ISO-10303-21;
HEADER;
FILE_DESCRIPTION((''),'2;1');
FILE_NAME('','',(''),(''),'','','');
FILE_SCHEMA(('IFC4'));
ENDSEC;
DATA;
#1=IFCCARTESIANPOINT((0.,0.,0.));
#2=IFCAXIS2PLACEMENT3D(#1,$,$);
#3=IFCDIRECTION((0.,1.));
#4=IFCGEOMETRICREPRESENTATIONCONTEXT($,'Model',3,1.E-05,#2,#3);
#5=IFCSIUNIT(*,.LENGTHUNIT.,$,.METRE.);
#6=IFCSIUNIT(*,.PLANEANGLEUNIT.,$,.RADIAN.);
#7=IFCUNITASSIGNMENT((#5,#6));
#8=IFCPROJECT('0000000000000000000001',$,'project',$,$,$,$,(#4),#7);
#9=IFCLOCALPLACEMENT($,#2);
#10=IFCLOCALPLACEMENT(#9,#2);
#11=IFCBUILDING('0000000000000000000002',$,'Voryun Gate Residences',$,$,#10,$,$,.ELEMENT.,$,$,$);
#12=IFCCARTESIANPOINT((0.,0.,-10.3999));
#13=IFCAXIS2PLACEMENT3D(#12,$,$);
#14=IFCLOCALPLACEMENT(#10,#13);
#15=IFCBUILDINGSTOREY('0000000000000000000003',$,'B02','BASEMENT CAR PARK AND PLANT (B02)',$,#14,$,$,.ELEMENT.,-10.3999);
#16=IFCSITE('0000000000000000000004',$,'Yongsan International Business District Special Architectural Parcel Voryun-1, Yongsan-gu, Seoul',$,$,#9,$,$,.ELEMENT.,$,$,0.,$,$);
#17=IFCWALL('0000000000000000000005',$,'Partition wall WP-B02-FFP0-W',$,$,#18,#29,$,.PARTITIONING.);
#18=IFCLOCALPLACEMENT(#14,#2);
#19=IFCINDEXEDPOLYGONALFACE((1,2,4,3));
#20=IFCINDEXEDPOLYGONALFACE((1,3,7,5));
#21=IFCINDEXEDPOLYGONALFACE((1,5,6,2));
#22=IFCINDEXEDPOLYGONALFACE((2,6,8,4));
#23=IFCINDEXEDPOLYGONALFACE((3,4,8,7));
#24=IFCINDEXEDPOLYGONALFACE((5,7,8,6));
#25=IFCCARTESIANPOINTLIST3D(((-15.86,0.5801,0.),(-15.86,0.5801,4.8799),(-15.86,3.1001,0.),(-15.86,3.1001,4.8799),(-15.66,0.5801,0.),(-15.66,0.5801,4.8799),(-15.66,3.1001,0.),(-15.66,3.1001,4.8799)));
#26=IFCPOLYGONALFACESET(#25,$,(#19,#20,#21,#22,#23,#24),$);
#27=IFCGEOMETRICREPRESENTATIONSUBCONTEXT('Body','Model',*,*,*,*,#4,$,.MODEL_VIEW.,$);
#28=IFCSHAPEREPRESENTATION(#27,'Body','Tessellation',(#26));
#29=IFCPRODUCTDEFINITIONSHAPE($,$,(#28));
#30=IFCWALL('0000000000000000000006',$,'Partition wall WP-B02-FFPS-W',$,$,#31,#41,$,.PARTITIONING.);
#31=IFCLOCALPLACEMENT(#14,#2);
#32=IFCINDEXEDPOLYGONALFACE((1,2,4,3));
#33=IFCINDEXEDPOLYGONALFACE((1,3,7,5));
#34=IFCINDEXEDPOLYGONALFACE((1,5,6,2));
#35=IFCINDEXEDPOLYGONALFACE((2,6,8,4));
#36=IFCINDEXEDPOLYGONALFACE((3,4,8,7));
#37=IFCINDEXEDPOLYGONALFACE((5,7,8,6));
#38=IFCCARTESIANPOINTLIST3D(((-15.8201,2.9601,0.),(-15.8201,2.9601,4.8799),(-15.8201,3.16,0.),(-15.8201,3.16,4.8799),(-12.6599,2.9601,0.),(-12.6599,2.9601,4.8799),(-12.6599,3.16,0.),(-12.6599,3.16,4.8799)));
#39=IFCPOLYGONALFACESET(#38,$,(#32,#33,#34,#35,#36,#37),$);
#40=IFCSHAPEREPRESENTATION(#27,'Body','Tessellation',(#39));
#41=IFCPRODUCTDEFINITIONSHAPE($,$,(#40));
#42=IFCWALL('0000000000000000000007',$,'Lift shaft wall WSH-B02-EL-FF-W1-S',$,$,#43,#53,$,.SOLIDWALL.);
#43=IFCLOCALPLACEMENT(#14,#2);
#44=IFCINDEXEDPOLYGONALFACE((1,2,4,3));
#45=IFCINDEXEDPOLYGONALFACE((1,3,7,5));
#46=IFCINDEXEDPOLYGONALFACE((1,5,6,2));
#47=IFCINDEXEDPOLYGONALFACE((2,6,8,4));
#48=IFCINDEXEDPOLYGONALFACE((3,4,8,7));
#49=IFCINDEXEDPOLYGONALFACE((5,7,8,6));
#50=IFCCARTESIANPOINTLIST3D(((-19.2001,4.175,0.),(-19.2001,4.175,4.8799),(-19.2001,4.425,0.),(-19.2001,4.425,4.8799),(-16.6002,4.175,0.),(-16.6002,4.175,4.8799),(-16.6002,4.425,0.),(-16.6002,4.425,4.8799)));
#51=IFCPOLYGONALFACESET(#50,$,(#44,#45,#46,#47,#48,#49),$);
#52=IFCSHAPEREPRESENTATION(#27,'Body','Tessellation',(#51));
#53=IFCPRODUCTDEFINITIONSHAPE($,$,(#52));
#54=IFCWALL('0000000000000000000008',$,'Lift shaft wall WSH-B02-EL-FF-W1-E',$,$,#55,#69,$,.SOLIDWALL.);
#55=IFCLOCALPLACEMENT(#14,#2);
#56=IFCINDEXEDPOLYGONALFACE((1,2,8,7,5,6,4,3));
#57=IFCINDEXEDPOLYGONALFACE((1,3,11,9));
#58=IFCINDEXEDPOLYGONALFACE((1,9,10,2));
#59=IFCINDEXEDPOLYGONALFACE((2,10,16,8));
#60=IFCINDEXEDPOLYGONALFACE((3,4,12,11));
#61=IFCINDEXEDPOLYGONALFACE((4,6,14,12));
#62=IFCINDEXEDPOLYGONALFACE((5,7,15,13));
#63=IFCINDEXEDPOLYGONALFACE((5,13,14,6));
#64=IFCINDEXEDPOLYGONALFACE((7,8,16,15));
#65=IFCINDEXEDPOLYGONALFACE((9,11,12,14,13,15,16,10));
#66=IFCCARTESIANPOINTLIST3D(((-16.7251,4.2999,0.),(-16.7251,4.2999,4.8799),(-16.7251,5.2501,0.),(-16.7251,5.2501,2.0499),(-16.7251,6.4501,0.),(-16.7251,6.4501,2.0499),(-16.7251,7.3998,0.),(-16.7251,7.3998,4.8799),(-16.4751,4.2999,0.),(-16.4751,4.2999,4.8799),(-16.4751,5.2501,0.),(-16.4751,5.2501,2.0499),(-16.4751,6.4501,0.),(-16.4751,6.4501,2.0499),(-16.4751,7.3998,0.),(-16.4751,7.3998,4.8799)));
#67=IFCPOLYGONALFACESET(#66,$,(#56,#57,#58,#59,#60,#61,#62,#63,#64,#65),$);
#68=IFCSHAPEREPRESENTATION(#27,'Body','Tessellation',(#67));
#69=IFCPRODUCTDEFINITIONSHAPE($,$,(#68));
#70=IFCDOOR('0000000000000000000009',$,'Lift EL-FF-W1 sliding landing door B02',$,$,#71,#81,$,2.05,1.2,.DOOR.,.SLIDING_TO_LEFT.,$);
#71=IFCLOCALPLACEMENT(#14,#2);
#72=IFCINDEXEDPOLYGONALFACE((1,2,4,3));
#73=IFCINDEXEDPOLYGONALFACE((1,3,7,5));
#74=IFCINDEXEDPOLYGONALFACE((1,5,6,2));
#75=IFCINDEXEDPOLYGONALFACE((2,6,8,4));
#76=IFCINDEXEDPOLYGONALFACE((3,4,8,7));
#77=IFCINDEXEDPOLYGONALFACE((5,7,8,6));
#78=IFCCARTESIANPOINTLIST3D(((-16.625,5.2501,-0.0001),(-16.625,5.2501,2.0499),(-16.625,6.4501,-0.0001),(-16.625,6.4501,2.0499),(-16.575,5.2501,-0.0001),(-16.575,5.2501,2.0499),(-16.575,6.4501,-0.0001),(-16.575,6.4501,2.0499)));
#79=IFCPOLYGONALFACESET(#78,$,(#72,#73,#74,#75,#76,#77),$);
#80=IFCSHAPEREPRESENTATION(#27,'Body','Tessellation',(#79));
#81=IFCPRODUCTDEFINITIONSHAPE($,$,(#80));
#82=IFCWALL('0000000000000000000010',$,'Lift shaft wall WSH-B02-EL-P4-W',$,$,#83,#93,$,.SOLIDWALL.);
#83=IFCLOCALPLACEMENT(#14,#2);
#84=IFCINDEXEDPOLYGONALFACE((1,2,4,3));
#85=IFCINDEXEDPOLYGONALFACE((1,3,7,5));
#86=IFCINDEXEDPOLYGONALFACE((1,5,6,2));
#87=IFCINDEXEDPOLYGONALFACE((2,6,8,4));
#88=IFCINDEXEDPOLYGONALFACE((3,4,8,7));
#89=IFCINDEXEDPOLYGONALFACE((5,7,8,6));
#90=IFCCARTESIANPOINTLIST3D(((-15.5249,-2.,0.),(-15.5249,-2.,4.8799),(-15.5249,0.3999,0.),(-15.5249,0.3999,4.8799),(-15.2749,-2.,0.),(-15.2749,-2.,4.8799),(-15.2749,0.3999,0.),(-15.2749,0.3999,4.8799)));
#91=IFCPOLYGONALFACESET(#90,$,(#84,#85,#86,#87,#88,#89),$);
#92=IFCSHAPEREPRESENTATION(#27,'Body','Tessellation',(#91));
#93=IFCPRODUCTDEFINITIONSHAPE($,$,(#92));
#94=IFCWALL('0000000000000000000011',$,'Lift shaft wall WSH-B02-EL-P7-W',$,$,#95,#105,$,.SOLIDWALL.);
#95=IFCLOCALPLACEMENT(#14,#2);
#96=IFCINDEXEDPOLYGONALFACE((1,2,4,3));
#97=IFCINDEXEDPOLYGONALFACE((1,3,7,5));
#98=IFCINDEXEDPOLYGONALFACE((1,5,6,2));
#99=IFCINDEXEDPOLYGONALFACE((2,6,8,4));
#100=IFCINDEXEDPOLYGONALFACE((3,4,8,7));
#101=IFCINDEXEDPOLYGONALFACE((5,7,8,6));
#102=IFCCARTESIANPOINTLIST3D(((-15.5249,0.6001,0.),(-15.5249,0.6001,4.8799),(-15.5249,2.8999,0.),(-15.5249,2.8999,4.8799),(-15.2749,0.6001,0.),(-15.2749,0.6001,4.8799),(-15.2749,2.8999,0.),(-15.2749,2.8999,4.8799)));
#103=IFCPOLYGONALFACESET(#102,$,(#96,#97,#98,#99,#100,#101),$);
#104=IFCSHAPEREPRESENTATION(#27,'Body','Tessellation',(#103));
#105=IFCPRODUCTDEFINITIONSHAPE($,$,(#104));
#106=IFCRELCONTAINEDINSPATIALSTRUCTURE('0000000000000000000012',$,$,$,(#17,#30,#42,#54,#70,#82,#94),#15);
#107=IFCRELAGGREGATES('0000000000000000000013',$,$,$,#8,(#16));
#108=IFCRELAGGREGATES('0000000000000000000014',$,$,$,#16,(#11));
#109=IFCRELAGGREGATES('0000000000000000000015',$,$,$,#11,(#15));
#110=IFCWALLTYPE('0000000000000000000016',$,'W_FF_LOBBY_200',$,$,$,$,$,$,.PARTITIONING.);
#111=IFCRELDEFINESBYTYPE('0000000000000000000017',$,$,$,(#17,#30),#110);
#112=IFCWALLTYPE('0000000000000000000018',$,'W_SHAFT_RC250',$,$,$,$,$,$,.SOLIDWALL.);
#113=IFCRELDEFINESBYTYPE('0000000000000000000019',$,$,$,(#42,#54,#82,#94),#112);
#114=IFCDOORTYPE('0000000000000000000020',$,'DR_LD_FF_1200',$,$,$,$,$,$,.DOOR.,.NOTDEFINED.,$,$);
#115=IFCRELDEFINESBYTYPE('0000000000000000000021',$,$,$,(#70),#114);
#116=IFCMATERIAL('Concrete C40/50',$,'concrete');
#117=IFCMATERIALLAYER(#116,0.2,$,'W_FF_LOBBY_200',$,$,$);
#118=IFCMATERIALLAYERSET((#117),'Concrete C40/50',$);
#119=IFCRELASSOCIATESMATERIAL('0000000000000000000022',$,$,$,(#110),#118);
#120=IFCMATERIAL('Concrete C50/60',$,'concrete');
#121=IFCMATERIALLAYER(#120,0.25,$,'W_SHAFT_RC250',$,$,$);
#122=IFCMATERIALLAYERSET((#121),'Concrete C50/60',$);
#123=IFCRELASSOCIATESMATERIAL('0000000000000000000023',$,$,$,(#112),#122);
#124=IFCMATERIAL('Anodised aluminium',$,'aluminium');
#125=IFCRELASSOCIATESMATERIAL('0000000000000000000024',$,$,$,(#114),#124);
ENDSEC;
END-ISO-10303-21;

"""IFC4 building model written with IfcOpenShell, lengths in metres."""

from ifc_helpers import new_model, si_unit, direction, frame, frame_2d, origin, place, context, subcontext, project, spatial, rectangle, extrude, material, layer, layer_set, type_object, element, fill, save


model = new_model("IFC4")

# Units and contexts
model_context = context("Model", 3, precision=1e-05, world=origin(), true_north=direction((0.0, 1.0)))
body_context = subcontext(model_context, "Body", "Model", "MODEL_VIEW")
ifc_project = project(units=[si_unit("LENGTHUNIT", "METRE"), si_unit("PLANEANGLEUNIT", "RADIAN")], contexts=[model_context])

# Site, building, storey
site_placement = place(None, origin())
site = spatial("IfcSite", under=ifc_project, at=site_placement, Name="Yongsan International Business District Special Architectural Parcel Voryun-1, Yongsan-gu, Seoul", CompositionType="ELEMENT", RefElevation=0.0)
building_placement = place(site_placement, origin())
building = spatial("IfcBuilding", under=site, at=building_placement, Name="Voryun Gate Residences", CompositionType="ELEMENT")
storey_placement = place(building_placement, frame((0.0, 0.0, -10.3999)))
storey = spatial("IfcBuildingStorey", under=building, at=storey_placement, Name="B02", Description="BASEMENT CAR PARK AND PLANT (B02)", CompositionType="ELEMENT", Elevation=-10.3999)

# Walls
ifc_material_1 = material(Name="Concrete C40/50", Category="concrete")
ifc_layer_1 = layer(ifc_material_1, 0.2, Name="W_FF_LOBBY_200")
ifc_layer_set_1 = layer_set([ifc_layer_1], Name="Concrete C40/50")
wall_type_1 = type_object("IfcWallType", Name="W_FF_LOBBY_200", PredefinedType="PARTITIONING", material=ifc_layer_set_1)
wall_1_placement = place(storey_placement, frame((-15.76, 0.5801, 0.0), z_axis=(0.0, 0.0, 1.0), x_axis=(0.0, 1.0, 0.0)))
element("IfcWall", 1, at=wall_1_placement, inside=storey, type_object=wall_type_1, Name="Partition wall WP-B02-FFP0-W", PredefinedType="PARTITIONING", context=body_context, shape_type="SweptSolid", body=[
    extrude(rectangle(XDim=2.52, YDim=0.2, at=frame_2d((1.26, 0.0))), origin(), (0.0, 0.0, 1.0), 4.8799),
])
wall_2_placement = place(storey_placement, frame((-15.8201, 3.0601, 0.0), z_axis=(0.0, 0.0, 1.0), x_axis=(1.0, 0.0, 0.0)))
element("IfcWall", 2, at=wall_2_placement, inside=storey, type_object=wall_type_1, Name="Partition wall WP-B02-FFPS-W", PredefinedType="PARTITIONING", context=body_context, shape_type="SweptSolid", body=[
    extrude(rectangle(XDim=3.1602, YDim=0.2, at=frame_2d((1.5801, 0.0))), origin(), (0.0, 0.0, 1.0), 4.8799),
])
ifc_material_2 = material(Name="Concrete C50/60", Category="concrete")
ifc_layer_2 = layer(ifc_material_2, 0.25, Name="W_SHAFT_RC250")
ifc_layer_set_2 = layer_set([ifc_layer_2], Name="Concrete C50/60")
wall_type_2 = type_object("IfcWallType", Name="W_SHAFT_RC250", PredefinedType="SOLIDWALL", material=ifc_layer_set_2)
wall_3_placement = place(storey_placement, frame((-19.2, 4.3, 0.0), z_axis=(0.0, 0.0, 1.0), x_axis=(1.0, 0.0, 0.0)))
element("IfcWall", 3, at=wall_3_placement, inside=storey, type_object=wall_type_2, Name="Lift shaft wall WSH-B02-EL-FF-W1-S", PredefinedType="SOLIDWALL", context=body_context, shape_type="SweptSolid", body=[
    extrude(rectangle(XDim=2.5999, YDim=0.25, at=frame_2d((1.2998, 0.0))), origin(), (0.0, 0.0, 1.0), 4.8799),
])

# Wall, opening, door
wall_4_placement = place(storey_placement, frame((-16.6001, 4.3, 0.0), z_axis=(0.0, 0.0, 1.0), x_axis=(0.0, 1.0, 0.0)))
wall_4 = element("IfcWall", 4, at=wall_4_placement, inside=storey, type_object=wall_type_2, Name="Lift shaft wall WSH-B02-EL-FF-W1-E", PredefinedType="SOLIDWALL", context=body_context, shape_type="SweptSolid", body=[
    extrude(rectangle(XDim=3.0999, YDim=0.25, at=frame_2d((1.5498, 0.0))), origin(), (0.0, 0.0, 1.0), 4.8799),
])
opening_1_placement = place(wall_4_placement, frame((0.95, 0.0, 0.0)))
opening_1 = element("IfcOpeningElement", 5, at=opening_1_placement, cuts=wall_4, PredefinedType="OPENING", context=body_context, shape_type="SweptSolid", body=[
    extrude(rectangle(XDim=1.2, YDim=2.05, at=frame_2d((0.6001, 1.0249))), frame((0.0, 0.135, 0.0), z_axis=(0.0, -1.0, 0.0), x_axis=(1.0, 0.0, 0.0)), (0.0, 0.0, 1.0), 0.27),
])
ifc_material_3 = material(Name="Anodised aluminium", Category="aluminium")
door_type_1 = type_object("IfcDoorType", Name="DR_LD_FF_1200", OperationType="NOTDEFINED", PredefinedType="DOOR", material=ifc_material_3)
door_1_placement = place(opening_1_placement, origin())
door_1 = element("IfcDoor", 6, at=door_1_placement, inside=storey, type_object=door_type_1, Name="Lift EL-FF-W1 sliding landing door B02", OperationType="SLIDING_TO_LEFT", OverallHeight=2.05, OverallWidth=1.2, PredefinedType="DOOR", context=body_context, shape_type="SweptSolid", body=[
    extrude(rectangle(XDim=1.2, YDim=2.05, at=frame_2d((0.6001, 1.0249))), frame((0.0, 0.0249, 0.0), z_axis=(0.0, -1.0, 0.0), x_axis=(1.0, 0.0, 0.0)), (0.0, 0.0, 1.0), 0.05),
])
fill(opening_1, door_1)

# Walls
wall_5_placement = place(storey_placement, frame((-15.3999, 0.3999, 0.0), z_axis=(0.0, 0.0, 1.0), x_axis=(0.0, -1.0, 0.0)))
element("IfcWall", 7, at=wall_5_placement, inside=storey, type_object=wall_type_2, Name="Lift shaft wall WSH-B02-EL-P4-W", PredefinedType="SOLIDWALL", context=body_context, shape_type="SweptSolid", body=[
    extrude(rectangle(XDim=2.3999, YDim=0.25, at=frame_2d((1.2, 0.0))), origin(), (0.0, 0.0, 1.0), 4.8799),
])
wall_6_placement = place(storey_placement, frame((-15.3999, 2.8999, 0.0), z_axis=(0.0, 0.0, 1.0), x_axis=(0.0, -1.0, 0.0)))
element("IfcWall", 8, at=wall_6_placement, inside=storey, type_object=wall_type_2, Name="Lift shaft wall WSH-B02-EL-P7-W", PredefinedType="SOLIDWALL", context=body_context, shape_type="SweptSolid", body=[
    extrude(rectangle(XDim=2.2998, YDim=0.25, at=frame_2d((1.1499, 0.0))), origin(), (0.0, 0.0, 1.0), 4.8799),
])

save(model, "model.ifc")
